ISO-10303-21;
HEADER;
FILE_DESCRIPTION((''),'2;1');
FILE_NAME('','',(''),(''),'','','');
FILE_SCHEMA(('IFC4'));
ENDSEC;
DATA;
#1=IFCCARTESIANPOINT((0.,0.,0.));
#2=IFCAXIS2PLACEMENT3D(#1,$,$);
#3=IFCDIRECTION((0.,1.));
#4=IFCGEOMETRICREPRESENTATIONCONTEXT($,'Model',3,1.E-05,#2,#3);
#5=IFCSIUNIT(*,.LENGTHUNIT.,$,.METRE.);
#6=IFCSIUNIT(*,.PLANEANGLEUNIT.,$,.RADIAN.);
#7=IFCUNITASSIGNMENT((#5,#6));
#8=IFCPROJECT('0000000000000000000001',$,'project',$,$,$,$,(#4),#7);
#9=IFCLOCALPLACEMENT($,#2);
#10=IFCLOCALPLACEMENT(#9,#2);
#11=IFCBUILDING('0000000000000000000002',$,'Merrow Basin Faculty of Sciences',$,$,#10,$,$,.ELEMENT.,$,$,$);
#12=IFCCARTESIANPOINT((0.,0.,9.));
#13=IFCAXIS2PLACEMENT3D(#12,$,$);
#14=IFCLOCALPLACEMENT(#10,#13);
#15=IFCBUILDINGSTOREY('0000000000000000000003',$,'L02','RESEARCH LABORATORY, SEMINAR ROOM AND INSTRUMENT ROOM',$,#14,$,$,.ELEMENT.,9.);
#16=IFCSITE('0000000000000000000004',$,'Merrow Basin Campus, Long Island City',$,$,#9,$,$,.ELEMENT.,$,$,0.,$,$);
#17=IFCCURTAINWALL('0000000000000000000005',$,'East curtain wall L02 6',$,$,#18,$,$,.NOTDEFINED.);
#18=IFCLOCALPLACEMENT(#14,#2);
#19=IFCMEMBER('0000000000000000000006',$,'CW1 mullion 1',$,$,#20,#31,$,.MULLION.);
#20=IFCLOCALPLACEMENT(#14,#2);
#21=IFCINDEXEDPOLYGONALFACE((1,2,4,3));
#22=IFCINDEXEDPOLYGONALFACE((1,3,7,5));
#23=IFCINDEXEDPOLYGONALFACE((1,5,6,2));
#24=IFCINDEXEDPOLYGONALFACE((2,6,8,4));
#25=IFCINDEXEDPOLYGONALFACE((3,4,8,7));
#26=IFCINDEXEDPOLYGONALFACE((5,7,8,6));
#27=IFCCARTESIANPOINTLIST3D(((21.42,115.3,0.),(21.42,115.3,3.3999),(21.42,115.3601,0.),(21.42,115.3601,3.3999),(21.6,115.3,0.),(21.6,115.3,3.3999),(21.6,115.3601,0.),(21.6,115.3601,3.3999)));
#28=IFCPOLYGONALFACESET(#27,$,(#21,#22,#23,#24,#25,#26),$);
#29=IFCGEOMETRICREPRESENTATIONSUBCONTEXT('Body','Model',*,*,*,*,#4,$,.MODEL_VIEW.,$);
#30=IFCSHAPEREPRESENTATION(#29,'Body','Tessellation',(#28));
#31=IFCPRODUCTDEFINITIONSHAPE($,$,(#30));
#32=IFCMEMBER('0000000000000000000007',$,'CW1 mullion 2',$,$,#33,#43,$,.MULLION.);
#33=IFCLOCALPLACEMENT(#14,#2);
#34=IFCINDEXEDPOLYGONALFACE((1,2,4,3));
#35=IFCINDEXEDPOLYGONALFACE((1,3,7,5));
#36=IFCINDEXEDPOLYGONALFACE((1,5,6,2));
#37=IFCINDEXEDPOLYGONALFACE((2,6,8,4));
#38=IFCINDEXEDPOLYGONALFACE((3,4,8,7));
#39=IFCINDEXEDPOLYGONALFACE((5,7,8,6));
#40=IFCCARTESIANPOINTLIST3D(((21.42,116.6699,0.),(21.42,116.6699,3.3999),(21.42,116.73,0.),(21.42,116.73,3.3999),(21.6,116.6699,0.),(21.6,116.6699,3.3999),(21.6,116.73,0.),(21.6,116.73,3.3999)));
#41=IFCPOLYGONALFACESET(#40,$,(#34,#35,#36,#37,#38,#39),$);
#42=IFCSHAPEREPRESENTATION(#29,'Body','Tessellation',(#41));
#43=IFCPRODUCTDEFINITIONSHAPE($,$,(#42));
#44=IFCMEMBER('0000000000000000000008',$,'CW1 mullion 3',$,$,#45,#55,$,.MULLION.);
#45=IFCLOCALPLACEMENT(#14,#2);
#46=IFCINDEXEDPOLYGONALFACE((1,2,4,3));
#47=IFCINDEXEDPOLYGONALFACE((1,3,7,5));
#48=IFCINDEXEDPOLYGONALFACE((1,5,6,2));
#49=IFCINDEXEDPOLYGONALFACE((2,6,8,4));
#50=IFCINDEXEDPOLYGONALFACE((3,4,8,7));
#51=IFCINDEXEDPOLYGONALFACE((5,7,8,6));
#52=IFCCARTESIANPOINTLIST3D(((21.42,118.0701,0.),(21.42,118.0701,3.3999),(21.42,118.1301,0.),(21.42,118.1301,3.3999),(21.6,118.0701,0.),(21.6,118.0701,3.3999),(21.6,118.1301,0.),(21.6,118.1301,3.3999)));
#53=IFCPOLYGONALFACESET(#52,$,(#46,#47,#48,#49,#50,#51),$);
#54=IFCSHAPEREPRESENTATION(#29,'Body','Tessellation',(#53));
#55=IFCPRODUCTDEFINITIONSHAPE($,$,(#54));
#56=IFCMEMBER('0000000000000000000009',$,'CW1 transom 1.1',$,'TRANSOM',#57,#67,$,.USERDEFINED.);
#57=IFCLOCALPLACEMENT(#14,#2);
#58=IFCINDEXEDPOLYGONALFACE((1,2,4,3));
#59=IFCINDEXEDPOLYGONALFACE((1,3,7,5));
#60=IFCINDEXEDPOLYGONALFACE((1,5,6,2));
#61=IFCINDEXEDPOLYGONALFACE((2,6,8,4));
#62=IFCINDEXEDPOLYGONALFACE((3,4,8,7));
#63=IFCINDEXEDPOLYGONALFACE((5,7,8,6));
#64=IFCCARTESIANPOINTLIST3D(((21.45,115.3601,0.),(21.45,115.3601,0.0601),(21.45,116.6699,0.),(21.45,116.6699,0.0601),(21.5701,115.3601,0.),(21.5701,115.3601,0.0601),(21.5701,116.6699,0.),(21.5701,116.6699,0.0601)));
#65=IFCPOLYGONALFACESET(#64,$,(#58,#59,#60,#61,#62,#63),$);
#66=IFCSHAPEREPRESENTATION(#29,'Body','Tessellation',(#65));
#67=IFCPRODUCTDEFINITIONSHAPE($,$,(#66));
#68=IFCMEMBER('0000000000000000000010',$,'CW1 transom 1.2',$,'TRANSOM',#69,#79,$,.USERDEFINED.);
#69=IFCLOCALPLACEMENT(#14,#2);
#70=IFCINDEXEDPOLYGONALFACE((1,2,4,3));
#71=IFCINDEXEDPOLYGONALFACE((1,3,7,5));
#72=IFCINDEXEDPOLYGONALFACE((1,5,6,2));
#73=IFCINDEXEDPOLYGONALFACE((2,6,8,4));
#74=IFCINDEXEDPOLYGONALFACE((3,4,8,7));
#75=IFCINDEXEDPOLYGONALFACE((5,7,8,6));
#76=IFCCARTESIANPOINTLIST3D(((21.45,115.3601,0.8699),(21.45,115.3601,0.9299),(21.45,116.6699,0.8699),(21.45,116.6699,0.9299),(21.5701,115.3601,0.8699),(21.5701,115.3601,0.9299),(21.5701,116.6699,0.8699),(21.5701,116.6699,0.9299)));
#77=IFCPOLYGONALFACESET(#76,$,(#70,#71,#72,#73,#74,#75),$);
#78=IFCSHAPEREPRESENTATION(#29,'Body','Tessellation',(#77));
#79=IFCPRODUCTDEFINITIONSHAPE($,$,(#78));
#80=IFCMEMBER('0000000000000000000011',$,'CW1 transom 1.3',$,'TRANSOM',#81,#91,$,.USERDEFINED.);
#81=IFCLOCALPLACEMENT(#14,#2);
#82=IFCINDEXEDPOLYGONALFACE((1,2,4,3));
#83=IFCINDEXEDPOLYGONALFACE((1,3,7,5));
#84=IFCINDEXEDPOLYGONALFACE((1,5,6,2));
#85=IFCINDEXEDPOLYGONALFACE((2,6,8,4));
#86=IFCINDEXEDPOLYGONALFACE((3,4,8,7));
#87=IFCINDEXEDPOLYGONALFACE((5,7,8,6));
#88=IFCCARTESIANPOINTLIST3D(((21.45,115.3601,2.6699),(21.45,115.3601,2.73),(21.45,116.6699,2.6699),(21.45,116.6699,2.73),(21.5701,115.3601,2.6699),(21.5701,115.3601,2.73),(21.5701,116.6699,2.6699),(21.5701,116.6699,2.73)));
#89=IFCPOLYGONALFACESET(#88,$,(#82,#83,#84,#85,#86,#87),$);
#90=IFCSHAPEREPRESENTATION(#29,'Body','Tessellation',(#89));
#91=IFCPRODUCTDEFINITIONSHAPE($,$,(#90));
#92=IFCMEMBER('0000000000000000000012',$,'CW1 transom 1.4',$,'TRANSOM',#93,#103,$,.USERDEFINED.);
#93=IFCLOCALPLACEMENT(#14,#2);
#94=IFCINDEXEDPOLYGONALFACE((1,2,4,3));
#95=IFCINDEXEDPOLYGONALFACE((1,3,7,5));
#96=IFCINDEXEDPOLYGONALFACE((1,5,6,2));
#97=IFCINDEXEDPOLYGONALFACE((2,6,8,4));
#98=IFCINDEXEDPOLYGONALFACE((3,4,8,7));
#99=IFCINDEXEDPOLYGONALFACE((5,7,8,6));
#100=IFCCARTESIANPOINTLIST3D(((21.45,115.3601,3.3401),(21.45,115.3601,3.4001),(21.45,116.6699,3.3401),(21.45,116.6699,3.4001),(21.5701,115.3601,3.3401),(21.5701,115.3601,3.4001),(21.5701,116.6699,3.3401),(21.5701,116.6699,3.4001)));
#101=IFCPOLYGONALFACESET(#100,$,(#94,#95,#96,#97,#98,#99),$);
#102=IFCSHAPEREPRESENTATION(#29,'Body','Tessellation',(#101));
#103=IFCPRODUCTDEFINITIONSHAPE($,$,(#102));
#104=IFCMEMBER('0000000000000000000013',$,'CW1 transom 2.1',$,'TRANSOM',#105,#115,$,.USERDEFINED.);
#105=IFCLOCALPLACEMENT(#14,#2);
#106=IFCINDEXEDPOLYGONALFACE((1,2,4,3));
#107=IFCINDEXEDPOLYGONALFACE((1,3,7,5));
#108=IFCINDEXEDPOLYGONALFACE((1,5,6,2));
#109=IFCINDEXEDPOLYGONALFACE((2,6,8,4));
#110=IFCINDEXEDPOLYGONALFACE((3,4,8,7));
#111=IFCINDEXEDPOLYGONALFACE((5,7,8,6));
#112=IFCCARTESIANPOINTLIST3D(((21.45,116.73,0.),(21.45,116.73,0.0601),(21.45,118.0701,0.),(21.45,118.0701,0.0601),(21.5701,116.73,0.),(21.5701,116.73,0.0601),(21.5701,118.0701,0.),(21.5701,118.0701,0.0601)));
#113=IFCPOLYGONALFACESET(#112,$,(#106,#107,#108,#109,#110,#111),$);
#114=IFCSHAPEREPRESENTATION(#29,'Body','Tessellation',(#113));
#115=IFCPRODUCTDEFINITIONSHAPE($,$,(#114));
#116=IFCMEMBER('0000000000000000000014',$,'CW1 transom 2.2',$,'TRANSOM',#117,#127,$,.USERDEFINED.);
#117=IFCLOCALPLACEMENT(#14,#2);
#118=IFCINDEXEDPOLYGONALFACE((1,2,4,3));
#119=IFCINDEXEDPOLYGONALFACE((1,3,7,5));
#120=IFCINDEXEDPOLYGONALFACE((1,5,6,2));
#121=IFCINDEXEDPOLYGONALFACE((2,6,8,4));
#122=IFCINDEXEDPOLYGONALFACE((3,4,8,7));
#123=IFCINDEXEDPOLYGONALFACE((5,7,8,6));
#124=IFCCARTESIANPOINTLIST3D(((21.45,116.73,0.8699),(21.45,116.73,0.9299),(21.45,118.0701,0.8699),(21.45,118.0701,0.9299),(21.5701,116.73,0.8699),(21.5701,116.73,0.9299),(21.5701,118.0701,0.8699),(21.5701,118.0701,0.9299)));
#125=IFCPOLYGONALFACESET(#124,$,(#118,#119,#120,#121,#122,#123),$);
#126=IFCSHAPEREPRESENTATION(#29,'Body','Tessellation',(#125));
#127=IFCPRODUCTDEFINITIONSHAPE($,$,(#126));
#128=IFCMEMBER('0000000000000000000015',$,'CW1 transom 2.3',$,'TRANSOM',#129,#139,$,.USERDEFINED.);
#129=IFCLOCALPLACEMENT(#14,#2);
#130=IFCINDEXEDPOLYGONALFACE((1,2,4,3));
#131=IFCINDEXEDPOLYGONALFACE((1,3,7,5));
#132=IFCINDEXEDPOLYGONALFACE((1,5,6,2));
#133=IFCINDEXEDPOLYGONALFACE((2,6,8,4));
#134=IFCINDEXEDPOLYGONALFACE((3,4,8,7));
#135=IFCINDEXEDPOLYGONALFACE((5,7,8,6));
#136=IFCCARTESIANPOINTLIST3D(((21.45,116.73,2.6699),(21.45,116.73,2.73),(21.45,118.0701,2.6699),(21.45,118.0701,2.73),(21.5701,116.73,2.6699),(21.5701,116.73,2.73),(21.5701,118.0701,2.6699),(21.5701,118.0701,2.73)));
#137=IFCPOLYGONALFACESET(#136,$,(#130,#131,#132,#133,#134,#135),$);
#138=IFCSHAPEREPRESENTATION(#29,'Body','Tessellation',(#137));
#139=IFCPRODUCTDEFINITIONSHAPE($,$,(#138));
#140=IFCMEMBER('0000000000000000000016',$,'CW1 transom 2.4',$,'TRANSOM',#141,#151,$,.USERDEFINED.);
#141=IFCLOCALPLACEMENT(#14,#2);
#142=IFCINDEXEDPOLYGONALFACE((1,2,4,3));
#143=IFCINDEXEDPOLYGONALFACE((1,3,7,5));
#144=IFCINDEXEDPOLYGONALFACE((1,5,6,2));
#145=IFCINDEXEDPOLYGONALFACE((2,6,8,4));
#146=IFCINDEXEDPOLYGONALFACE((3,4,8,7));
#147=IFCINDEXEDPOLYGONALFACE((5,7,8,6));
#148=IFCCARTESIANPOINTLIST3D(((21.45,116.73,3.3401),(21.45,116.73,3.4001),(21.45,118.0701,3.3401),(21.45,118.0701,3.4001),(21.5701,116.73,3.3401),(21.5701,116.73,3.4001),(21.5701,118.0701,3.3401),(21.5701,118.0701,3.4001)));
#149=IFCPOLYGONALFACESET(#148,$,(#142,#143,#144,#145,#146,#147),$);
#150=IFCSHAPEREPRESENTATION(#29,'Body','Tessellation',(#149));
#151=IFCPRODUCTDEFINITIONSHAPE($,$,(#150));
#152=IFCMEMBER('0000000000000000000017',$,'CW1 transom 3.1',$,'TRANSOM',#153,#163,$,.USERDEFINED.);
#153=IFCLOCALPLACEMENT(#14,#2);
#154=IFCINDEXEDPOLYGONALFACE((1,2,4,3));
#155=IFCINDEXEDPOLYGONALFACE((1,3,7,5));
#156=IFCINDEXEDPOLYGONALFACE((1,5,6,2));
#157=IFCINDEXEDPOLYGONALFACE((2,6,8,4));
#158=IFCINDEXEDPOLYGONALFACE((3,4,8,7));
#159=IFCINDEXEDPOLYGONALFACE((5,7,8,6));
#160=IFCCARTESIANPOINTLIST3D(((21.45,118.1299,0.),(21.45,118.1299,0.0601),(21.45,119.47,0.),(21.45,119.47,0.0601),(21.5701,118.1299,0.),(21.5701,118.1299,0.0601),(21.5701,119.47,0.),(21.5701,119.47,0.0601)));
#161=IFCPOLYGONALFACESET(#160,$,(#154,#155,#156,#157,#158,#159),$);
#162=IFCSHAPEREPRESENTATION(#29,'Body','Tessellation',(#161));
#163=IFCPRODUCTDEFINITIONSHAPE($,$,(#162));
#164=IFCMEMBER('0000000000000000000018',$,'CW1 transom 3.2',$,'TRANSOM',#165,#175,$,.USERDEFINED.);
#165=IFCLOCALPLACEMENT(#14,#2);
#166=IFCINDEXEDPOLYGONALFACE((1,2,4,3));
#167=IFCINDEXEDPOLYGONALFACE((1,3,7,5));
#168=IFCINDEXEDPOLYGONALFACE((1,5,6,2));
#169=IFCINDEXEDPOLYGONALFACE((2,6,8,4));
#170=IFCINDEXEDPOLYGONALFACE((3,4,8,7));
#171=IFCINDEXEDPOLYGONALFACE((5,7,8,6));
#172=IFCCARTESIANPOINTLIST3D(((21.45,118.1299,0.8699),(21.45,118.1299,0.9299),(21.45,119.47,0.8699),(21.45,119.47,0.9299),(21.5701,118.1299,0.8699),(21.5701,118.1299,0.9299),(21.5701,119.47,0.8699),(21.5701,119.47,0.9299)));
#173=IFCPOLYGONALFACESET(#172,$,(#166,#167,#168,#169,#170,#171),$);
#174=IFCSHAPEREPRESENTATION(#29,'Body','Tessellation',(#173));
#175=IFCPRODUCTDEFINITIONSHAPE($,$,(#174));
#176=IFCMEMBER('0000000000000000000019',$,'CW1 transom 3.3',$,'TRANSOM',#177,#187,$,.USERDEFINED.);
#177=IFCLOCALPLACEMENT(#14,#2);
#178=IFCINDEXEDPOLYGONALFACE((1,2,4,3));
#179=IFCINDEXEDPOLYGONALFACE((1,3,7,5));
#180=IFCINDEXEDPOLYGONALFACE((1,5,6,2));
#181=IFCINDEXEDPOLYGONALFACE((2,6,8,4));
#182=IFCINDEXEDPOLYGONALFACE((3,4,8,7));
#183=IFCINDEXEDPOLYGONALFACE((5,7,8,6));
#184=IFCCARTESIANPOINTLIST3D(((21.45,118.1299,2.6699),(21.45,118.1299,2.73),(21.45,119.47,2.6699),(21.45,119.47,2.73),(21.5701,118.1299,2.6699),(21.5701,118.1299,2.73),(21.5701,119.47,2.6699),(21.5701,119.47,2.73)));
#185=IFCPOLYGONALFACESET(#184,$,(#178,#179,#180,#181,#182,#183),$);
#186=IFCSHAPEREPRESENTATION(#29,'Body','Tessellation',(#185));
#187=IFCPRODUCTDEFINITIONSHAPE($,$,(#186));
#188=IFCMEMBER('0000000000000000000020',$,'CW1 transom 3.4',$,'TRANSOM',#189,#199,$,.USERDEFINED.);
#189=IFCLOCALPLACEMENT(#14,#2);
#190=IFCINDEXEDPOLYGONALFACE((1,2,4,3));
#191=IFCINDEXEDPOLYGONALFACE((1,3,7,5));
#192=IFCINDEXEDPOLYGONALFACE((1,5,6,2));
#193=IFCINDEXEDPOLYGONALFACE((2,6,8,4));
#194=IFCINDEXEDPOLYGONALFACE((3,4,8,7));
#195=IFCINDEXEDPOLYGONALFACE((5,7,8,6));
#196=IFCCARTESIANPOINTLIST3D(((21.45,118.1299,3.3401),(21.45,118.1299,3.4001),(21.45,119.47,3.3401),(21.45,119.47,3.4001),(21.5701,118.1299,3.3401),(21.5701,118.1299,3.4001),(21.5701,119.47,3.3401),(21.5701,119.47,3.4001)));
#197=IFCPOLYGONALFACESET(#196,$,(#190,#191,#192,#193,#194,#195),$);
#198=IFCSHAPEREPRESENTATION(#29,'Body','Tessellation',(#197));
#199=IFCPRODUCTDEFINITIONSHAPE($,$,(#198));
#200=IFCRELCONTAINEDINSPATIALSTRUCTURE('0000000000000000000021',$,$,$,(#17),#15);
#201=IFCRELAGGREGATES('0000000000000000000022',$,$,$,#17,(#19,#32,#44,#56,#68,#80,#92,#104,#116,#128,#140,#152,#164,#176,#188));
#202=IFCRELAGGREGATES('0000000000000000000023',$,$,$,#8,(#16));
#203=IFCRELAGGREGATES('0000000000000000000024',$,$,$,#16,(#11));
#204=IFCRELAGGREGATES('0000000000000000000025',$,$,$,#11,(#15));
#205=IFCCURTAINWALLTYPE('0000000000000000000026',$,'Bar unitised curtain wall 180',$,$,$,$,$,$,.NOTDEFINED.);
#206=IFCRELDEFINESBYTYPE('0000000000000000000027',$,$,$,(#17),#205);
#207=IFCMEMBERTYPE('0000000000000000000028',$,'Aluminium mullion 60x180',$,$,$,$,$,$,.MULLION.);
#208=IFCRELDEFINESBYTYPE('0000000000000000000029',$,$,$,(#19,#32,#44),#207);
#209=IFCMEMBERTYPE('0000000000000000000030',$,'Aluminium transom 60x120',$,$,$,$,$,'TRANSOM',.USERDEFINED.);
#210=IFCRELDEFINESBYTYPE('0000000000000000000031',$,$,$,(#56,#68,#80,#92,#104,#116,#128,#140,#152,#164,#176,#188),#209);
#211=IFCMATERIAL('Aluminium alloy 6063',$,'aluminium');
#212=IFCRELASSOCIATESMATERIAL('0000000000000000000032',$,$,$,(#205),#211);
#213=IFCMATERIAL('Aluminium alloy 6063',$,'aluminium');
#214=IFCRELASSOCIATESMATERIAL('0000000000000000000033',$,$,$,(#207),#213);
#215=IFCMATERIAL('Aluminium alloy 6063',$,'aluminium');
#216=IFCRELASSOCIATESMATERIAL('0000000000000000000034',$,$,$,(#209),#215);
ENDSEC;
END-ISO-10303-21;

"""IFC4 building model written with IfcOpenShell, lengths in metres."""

from ifc_helpers import new_model, si_unit, direction, frame, origin, origin_2d, place, context, subcontext, project, spatial, rectangle, extrude, material, material_profile, profile_set, type_object, element, aggregate, save


model = new_model("IFC4")

# Units and contexts
model_context = context("Model", 3, precision=1e-05, world=origin(), true_north=direction((0.0, 1.0)))
body_context = subcontext(model_context, "Body", "Model", "MODEL_VIEW")
ifc_project = project(units=[si_unit("LENGTHUNIT", "METRE"), si_unit("PLANEANGLEUNIT", "RADIAN")], contexts=[model_context])

# Site, building, storey
site_placement = place(None, origin())
site = spatial("IfcSite", under=ifc_project, at=site_placement, Name="Merrow Basin Campus, Long Island City", CompositionType="ELEMENT", RefElevation=0.0)
building_placement = place(site_placement, origin())
building = spatial("IfcBuilding", under=site, at=building_placement, Name="Merrow Basin Faculty of Sciences", CompositionType="ELEMENT")
storey_placement = place(building_placement, frame((0.0, 0.0, 9.0)))
storey = spatial("IfcBuildingStorey", under=building, at=storey_placement, Name="L02", Description="RESEARCH LABORATORY, SEMINAR ROOM AND INSTRUMENT ROOM", CompositionType="ELEMENT", Elevation=9.0)

# Curtain wall, members
ifc_material_1 = material(Name="Aluminium alloy 6063", Category="aluminium")
curtain_wall_type = type_object("IfcCurtainWallType", Name="Bar unitised curtain wall 180", PredefinedType="NOTDEFINED", material=ifc_material_1)
curtain_wall_placement = place(storey_placement, origin())
curtain_wall = element("IfcCurtainWall", 1, at=curtain_wall_placement, inside=storey, type_object=curtain_wall_type, Name="East curtain wall L02 6", PredefinedType="NOTDEFINED")
ifc_material_2 = material(Name="Aluminium alloy 6063", Category="aluminium")
ifc_material_profile_1 = material_profile(ifc_material_2, rectangle(XDim=0.1799, YDim=0.0601, at=origin_2d()))
ifc_profile_set_1 = profile_set([ifc_material_profile_1], Name="Aluminium alloy 6063")
member_type_1 = type_object("IfcMemberType", Name="Aluminium mullion 60x180", PredefinedType="MULLION", material=ifc_profile_set_1)
member_1_placement = place(storey_placement, frame((21.51, 115.3301, 0.0), z_axis=(0.0, 0.0, 1.0), x_axis=(-1.0, 0.0, 0.0)))
member_1 = element("IfcMember", 2, at=member_1_placement, type_object=member_type_1, Name="CW1 mullion 1", PredefinedType="MULLION", context=body_context, shape_type="SweptSolid", body=[
    extrude(rectangle(XDim=0.1799, YDim=0.0601, at=origin_2d()), origin(), (0.0, 0.0, 1.0), 3.3999),
])
member_2_placement = place(storey_placement, frame((21.51, 116.7, 0.0), z_axis=(0.0, 0.0, 1.0), x_axis=(-1.0, 0.0, 0.0)))
member_2 = element("IfcMember", 3, at=member_2_placement, type_object=member_type_1, Name="CW1 mullion 2", PredefinedType="MULLION", context=body_context, shape_type="SweptSolid", body=[
    extrude(rectangle(XDim=0.1799, YDim=0.0601, at=origin_2d()), origin(), (0.0, 0.0, 1.0), 3.3999),
])
member_3_placement = place(storey_placement, frame((21.51, 118.1001, 0.0), z_axis=(0.0, 0.0, 1.0), x_axis=(-1.0, 0.0, 0.0)))
member_3 = element("IfcMember", 4, at=member_3_placement, type_object=member_type_1, Name="CW1 mullion 3", PredefinedType="MULLION", context=body_context, shape_type="SweptSolid", body=[
    extrude(rectangle(XDim=0.1799, YDim=0.0601, at=origin_2d()), origin(), (0.0, 0.0, 1.0), 3.3999),
])
ifc_material_3 = material(Name="Aluminium alloy 6063", Category="aluminium")
ifc_material_profile_2 = material_profile(ifc_material_3, rectangle(XDim=0.1201, YDim=0.0601, at=origin_2d()))
ifc_profile_set_2 = profile_set([ifc_material_profile_2], Name="Aluminium alloy 6063")
member_type_2 = type_object("IfcMemberType", Name="Aluminium transom 60x120", ElementType="TRANSOM", PredefinedType="USERDEFINED", material=ifc_profile_set_2)
member_4_placement = place(storey_placement, frame((21.51, 115.3601, 0.03), z_axis=(0.0, 1.0, 0.0), x_axis=(-1.0, 0.0, 0.0)))
member_4 = element("IfcMember", 5, at=member_4_placement, type_object=member_type_2, Name="CW1 transom 1.1", ObjectType="TRANSOM", PredefinedType="USERDEFINED", context=body_context, shape_type="SweptSolid", body=[
    extrude(rectangle(XDim=0.1201, YDim=0.0601, at=origin_2d()), origin(), (0.0, 0.0, 1.0), 1.3098),
])
member_5_placement = place(storey_placement, frame((21.51, 115.3601, 0.8999), z_axis=(0.0, 1.0, 0.0), x_axis=(-1.0, 0.0, 0.0)))
member_5 = element("IfcMember", 6, at=member_5_placement, type_object=member_type_2, Name="CW1 transom 1.2", ObjectType="TRANSOM", PredefinedType="USERDEFINED", context=body_context, shape_type="SweptSolid", body=[
    extrude(rectangle(XDim=0.1201, YDim=0.0601, at=origin_2d()), origin(), (0.0, 0.0, 1.0), 1.3098),
])
member_6_placement = place(storey_placement, frame((21.51, 115.3601, 2.7), z_axis=(0.0, 1.0, 0.0), x_axis=(-1.0, 0.0, 0.0)))
member_6 = element("IfcMember", 7, at=member_6_placement, type_object=member_type_2, Name="CW1 transom 1.3", ObjectType="TRANSOM", PredefinedType="USERDEFINED", context=body_context, shape_type="SweptSolid", body=[
    extrude(rectangle(XDim=0.1201, YDim=0.0601, at=origin_2d()), origin(), (0.0, 0.0, 1.0), 1.3098),
])
member_7_placement = place(storey_placement, frame((21.51, 115.3601, 3.3701), z_axis=(0.0, 1.0, 0.0), x_axis=(-1.0, 0.0, 0.0)))
member_7 = element("IfcMember", 8, at=member_7_placement, type_object=member_type_2, Name="CW1 transom 1.4", ObjectType="TRANSOM", PredefinedType="USERDEFINED", context=body_context, shape_type="SweptSolid", body=[
    extrude(rectangle(XDim=0.1201, YDim=0.0601, at=origin_2d()), origin(), (0.0, 0.0, 1.0), 1.3098),
])
member_8_placement = place(storey_placement, frame((21.51, 116.73, 0.03), z_axis=(0.0, 1.0, 0.0), x_axis=(-1.0, 0.0, 0.0)))
member_8 = element("IfcMember", 9, at=member_8_placement, type_object=member_type_2, Name="CW1 transom 2.1", ObjectType="TRANSOM", PredefinedType="USERDEFINED", context=body_context, shape_type="SweptSolid", body=[
    extrude(rectangle(XDim=0.1201, YDim=0.0601, at=origin_2d()), origin(), (0.0, 0.0, 1.0), 1.3401),
])
member_9_placement = place(storey_placement, frame((21.51, 116.73, 0.8999), z_axis=(0.0, 1.0, 0.0), x_axis=(-1.0, 0.0, 0.0)))
member_9 = element("IfcMember", 10, at=member_9_placement, type_object=member_type_2, Name="CW1 transom 2.2", ObjectType="TRANSOM", PredefinedType="USERDEFINED", context=body_context, shape_type="SweptSolid", body=[
    extrude(rectangle(XDim=0.1201, YDim=0.0601, at=origin_2d()), origin(), (0.0, 0.0, 1.0), 1.3401),
])
member_10_placement = place(storey_placement, frame((21.51, 116.73, 2.7), z_axis=(0.0, 1.0, 0.0), x_axis=(-1.0, 0.0, 0.0)))
member_10 = element("IfcMember", 11, at=member_10_placement, type_object=member_type_2, Name="CW1 transom 2.3", ObjectType="TRANSOM", PredefinedType="USERDEFINED", context=body_context, shape_type="SweptSolid", body=[
    extrude(rectangle(XDim=0.1201, YDim=0.0601, at=origin_2d()), origin(), (0.0, 0.0, 1.0), 1.3401),
])
member_11_placement = place(storey_placement, frame((21.51, 116.73, 3.3701), z_axis=(0.0, 1.0, 0.0), x_axis=(-1.0, 0.0, 0.0)))
member_11 = element("IfcMember", 12, at=member_11_placement, type_object=member_type_2, Name="CW1 transom 2.4", ObjectType="TRANSOM", PredefinedType="USERDEFINED", context=body_context, shape_type="SweptSolid", body=[
    extrude(rectangle(XDim=0.1201, YDim=0.0601, at=origin_2d()), origin(), (0.0, 0.0, 1.0), 1.3401),
])
member_12_placement = place(storey_placement, frame((21.51, 118.1299, 0.03), z_axis=(0.0, 1.0, 0.0), x_axis=(-1.0, 0.0, 0.0)))
member_12 = element("IfcMember", 13, at=member_12_placement, type_object=member_type_2, Name="CW1 transom 3.1", ObjectType="TRANSOM", PredefinedType="USERDEFINED", context=body_context, shape_type="SweptSolid", body=[
    extrude(rectangle(XDim=0.1201, YDim=0.0601, at=origin_2d()), origin(), (0.0, 0.0, 1.0), 1.3401),
])
member_13_placement = place(storey_placement, frame((21.51, 118.1299, 0.8999), z_axis=(0.0, 1.0, 0.0), x_axis=(-1.0, 0.0, 0.0)))
member_13 = element("IfcMember", 14, at=member_13_placement, type_object=member_type_2, Name="CW1 transom 3.2", ObjectType="TRANSOM", PredefinedType="USERDEFINED", context=body_context, shape_type="SweptSolid", body=[
    extrude(rectangle(XDim=0.1201, YDim=0.0601, at=origin_2d()), origin(), (0.0, 0.0, 1.0), 1.3401),
])
member_14_placement = place(storey_placement, frame((21.51, 118.1299, 2.7), z_axis=(0.0, 1.0, 0.0), x_axis=(-1.0, 0.0, 0.0)))
member_14 = element("IfcMember", 15, at=member_14_placement, type_object=member_type_2, Name="CW1 transom 3.3", ObjectType="TRANSOM", PredefinedType="USERDEFINED", context=body_context, shape_type="SweptSolid", body=[
    extrude(rectangle(XDim=0.1201, YDim=0.0601, at=origin_2d()), origin(), (0.0, 0.0, 1.0), 1.3401),
])
member_15_placement = place(storey_placement, frame((21.51, 118.1299, 3.3701), z_axis=(0.0, 1.0, 0.0), x_axis=(-1.0, 0.0, 0.0)))
member_15 = element("IfcMember", 16, at=member_15_placement, type_object=member_type_2, Name="CW1 transom 3.4", ObjectType="TRANSOM", PredefinedType="USERDEFINED", context=body_context, shape_type="SweptSolid", body=[
    extrude(rectangle(XDim=0.1201, YDim=0.0601, at=origin_2d()), origin(), (0.0, 0.0, 1.0), 1.3401),
])

aggregate(curtain_wall, [member_1, member_2, member_3, member_4, member_5, member_6, member_7, member_8, member_9, member_10, member_11, member_12, member_13, member_14, member_15])

save(model, "model.ifc")
